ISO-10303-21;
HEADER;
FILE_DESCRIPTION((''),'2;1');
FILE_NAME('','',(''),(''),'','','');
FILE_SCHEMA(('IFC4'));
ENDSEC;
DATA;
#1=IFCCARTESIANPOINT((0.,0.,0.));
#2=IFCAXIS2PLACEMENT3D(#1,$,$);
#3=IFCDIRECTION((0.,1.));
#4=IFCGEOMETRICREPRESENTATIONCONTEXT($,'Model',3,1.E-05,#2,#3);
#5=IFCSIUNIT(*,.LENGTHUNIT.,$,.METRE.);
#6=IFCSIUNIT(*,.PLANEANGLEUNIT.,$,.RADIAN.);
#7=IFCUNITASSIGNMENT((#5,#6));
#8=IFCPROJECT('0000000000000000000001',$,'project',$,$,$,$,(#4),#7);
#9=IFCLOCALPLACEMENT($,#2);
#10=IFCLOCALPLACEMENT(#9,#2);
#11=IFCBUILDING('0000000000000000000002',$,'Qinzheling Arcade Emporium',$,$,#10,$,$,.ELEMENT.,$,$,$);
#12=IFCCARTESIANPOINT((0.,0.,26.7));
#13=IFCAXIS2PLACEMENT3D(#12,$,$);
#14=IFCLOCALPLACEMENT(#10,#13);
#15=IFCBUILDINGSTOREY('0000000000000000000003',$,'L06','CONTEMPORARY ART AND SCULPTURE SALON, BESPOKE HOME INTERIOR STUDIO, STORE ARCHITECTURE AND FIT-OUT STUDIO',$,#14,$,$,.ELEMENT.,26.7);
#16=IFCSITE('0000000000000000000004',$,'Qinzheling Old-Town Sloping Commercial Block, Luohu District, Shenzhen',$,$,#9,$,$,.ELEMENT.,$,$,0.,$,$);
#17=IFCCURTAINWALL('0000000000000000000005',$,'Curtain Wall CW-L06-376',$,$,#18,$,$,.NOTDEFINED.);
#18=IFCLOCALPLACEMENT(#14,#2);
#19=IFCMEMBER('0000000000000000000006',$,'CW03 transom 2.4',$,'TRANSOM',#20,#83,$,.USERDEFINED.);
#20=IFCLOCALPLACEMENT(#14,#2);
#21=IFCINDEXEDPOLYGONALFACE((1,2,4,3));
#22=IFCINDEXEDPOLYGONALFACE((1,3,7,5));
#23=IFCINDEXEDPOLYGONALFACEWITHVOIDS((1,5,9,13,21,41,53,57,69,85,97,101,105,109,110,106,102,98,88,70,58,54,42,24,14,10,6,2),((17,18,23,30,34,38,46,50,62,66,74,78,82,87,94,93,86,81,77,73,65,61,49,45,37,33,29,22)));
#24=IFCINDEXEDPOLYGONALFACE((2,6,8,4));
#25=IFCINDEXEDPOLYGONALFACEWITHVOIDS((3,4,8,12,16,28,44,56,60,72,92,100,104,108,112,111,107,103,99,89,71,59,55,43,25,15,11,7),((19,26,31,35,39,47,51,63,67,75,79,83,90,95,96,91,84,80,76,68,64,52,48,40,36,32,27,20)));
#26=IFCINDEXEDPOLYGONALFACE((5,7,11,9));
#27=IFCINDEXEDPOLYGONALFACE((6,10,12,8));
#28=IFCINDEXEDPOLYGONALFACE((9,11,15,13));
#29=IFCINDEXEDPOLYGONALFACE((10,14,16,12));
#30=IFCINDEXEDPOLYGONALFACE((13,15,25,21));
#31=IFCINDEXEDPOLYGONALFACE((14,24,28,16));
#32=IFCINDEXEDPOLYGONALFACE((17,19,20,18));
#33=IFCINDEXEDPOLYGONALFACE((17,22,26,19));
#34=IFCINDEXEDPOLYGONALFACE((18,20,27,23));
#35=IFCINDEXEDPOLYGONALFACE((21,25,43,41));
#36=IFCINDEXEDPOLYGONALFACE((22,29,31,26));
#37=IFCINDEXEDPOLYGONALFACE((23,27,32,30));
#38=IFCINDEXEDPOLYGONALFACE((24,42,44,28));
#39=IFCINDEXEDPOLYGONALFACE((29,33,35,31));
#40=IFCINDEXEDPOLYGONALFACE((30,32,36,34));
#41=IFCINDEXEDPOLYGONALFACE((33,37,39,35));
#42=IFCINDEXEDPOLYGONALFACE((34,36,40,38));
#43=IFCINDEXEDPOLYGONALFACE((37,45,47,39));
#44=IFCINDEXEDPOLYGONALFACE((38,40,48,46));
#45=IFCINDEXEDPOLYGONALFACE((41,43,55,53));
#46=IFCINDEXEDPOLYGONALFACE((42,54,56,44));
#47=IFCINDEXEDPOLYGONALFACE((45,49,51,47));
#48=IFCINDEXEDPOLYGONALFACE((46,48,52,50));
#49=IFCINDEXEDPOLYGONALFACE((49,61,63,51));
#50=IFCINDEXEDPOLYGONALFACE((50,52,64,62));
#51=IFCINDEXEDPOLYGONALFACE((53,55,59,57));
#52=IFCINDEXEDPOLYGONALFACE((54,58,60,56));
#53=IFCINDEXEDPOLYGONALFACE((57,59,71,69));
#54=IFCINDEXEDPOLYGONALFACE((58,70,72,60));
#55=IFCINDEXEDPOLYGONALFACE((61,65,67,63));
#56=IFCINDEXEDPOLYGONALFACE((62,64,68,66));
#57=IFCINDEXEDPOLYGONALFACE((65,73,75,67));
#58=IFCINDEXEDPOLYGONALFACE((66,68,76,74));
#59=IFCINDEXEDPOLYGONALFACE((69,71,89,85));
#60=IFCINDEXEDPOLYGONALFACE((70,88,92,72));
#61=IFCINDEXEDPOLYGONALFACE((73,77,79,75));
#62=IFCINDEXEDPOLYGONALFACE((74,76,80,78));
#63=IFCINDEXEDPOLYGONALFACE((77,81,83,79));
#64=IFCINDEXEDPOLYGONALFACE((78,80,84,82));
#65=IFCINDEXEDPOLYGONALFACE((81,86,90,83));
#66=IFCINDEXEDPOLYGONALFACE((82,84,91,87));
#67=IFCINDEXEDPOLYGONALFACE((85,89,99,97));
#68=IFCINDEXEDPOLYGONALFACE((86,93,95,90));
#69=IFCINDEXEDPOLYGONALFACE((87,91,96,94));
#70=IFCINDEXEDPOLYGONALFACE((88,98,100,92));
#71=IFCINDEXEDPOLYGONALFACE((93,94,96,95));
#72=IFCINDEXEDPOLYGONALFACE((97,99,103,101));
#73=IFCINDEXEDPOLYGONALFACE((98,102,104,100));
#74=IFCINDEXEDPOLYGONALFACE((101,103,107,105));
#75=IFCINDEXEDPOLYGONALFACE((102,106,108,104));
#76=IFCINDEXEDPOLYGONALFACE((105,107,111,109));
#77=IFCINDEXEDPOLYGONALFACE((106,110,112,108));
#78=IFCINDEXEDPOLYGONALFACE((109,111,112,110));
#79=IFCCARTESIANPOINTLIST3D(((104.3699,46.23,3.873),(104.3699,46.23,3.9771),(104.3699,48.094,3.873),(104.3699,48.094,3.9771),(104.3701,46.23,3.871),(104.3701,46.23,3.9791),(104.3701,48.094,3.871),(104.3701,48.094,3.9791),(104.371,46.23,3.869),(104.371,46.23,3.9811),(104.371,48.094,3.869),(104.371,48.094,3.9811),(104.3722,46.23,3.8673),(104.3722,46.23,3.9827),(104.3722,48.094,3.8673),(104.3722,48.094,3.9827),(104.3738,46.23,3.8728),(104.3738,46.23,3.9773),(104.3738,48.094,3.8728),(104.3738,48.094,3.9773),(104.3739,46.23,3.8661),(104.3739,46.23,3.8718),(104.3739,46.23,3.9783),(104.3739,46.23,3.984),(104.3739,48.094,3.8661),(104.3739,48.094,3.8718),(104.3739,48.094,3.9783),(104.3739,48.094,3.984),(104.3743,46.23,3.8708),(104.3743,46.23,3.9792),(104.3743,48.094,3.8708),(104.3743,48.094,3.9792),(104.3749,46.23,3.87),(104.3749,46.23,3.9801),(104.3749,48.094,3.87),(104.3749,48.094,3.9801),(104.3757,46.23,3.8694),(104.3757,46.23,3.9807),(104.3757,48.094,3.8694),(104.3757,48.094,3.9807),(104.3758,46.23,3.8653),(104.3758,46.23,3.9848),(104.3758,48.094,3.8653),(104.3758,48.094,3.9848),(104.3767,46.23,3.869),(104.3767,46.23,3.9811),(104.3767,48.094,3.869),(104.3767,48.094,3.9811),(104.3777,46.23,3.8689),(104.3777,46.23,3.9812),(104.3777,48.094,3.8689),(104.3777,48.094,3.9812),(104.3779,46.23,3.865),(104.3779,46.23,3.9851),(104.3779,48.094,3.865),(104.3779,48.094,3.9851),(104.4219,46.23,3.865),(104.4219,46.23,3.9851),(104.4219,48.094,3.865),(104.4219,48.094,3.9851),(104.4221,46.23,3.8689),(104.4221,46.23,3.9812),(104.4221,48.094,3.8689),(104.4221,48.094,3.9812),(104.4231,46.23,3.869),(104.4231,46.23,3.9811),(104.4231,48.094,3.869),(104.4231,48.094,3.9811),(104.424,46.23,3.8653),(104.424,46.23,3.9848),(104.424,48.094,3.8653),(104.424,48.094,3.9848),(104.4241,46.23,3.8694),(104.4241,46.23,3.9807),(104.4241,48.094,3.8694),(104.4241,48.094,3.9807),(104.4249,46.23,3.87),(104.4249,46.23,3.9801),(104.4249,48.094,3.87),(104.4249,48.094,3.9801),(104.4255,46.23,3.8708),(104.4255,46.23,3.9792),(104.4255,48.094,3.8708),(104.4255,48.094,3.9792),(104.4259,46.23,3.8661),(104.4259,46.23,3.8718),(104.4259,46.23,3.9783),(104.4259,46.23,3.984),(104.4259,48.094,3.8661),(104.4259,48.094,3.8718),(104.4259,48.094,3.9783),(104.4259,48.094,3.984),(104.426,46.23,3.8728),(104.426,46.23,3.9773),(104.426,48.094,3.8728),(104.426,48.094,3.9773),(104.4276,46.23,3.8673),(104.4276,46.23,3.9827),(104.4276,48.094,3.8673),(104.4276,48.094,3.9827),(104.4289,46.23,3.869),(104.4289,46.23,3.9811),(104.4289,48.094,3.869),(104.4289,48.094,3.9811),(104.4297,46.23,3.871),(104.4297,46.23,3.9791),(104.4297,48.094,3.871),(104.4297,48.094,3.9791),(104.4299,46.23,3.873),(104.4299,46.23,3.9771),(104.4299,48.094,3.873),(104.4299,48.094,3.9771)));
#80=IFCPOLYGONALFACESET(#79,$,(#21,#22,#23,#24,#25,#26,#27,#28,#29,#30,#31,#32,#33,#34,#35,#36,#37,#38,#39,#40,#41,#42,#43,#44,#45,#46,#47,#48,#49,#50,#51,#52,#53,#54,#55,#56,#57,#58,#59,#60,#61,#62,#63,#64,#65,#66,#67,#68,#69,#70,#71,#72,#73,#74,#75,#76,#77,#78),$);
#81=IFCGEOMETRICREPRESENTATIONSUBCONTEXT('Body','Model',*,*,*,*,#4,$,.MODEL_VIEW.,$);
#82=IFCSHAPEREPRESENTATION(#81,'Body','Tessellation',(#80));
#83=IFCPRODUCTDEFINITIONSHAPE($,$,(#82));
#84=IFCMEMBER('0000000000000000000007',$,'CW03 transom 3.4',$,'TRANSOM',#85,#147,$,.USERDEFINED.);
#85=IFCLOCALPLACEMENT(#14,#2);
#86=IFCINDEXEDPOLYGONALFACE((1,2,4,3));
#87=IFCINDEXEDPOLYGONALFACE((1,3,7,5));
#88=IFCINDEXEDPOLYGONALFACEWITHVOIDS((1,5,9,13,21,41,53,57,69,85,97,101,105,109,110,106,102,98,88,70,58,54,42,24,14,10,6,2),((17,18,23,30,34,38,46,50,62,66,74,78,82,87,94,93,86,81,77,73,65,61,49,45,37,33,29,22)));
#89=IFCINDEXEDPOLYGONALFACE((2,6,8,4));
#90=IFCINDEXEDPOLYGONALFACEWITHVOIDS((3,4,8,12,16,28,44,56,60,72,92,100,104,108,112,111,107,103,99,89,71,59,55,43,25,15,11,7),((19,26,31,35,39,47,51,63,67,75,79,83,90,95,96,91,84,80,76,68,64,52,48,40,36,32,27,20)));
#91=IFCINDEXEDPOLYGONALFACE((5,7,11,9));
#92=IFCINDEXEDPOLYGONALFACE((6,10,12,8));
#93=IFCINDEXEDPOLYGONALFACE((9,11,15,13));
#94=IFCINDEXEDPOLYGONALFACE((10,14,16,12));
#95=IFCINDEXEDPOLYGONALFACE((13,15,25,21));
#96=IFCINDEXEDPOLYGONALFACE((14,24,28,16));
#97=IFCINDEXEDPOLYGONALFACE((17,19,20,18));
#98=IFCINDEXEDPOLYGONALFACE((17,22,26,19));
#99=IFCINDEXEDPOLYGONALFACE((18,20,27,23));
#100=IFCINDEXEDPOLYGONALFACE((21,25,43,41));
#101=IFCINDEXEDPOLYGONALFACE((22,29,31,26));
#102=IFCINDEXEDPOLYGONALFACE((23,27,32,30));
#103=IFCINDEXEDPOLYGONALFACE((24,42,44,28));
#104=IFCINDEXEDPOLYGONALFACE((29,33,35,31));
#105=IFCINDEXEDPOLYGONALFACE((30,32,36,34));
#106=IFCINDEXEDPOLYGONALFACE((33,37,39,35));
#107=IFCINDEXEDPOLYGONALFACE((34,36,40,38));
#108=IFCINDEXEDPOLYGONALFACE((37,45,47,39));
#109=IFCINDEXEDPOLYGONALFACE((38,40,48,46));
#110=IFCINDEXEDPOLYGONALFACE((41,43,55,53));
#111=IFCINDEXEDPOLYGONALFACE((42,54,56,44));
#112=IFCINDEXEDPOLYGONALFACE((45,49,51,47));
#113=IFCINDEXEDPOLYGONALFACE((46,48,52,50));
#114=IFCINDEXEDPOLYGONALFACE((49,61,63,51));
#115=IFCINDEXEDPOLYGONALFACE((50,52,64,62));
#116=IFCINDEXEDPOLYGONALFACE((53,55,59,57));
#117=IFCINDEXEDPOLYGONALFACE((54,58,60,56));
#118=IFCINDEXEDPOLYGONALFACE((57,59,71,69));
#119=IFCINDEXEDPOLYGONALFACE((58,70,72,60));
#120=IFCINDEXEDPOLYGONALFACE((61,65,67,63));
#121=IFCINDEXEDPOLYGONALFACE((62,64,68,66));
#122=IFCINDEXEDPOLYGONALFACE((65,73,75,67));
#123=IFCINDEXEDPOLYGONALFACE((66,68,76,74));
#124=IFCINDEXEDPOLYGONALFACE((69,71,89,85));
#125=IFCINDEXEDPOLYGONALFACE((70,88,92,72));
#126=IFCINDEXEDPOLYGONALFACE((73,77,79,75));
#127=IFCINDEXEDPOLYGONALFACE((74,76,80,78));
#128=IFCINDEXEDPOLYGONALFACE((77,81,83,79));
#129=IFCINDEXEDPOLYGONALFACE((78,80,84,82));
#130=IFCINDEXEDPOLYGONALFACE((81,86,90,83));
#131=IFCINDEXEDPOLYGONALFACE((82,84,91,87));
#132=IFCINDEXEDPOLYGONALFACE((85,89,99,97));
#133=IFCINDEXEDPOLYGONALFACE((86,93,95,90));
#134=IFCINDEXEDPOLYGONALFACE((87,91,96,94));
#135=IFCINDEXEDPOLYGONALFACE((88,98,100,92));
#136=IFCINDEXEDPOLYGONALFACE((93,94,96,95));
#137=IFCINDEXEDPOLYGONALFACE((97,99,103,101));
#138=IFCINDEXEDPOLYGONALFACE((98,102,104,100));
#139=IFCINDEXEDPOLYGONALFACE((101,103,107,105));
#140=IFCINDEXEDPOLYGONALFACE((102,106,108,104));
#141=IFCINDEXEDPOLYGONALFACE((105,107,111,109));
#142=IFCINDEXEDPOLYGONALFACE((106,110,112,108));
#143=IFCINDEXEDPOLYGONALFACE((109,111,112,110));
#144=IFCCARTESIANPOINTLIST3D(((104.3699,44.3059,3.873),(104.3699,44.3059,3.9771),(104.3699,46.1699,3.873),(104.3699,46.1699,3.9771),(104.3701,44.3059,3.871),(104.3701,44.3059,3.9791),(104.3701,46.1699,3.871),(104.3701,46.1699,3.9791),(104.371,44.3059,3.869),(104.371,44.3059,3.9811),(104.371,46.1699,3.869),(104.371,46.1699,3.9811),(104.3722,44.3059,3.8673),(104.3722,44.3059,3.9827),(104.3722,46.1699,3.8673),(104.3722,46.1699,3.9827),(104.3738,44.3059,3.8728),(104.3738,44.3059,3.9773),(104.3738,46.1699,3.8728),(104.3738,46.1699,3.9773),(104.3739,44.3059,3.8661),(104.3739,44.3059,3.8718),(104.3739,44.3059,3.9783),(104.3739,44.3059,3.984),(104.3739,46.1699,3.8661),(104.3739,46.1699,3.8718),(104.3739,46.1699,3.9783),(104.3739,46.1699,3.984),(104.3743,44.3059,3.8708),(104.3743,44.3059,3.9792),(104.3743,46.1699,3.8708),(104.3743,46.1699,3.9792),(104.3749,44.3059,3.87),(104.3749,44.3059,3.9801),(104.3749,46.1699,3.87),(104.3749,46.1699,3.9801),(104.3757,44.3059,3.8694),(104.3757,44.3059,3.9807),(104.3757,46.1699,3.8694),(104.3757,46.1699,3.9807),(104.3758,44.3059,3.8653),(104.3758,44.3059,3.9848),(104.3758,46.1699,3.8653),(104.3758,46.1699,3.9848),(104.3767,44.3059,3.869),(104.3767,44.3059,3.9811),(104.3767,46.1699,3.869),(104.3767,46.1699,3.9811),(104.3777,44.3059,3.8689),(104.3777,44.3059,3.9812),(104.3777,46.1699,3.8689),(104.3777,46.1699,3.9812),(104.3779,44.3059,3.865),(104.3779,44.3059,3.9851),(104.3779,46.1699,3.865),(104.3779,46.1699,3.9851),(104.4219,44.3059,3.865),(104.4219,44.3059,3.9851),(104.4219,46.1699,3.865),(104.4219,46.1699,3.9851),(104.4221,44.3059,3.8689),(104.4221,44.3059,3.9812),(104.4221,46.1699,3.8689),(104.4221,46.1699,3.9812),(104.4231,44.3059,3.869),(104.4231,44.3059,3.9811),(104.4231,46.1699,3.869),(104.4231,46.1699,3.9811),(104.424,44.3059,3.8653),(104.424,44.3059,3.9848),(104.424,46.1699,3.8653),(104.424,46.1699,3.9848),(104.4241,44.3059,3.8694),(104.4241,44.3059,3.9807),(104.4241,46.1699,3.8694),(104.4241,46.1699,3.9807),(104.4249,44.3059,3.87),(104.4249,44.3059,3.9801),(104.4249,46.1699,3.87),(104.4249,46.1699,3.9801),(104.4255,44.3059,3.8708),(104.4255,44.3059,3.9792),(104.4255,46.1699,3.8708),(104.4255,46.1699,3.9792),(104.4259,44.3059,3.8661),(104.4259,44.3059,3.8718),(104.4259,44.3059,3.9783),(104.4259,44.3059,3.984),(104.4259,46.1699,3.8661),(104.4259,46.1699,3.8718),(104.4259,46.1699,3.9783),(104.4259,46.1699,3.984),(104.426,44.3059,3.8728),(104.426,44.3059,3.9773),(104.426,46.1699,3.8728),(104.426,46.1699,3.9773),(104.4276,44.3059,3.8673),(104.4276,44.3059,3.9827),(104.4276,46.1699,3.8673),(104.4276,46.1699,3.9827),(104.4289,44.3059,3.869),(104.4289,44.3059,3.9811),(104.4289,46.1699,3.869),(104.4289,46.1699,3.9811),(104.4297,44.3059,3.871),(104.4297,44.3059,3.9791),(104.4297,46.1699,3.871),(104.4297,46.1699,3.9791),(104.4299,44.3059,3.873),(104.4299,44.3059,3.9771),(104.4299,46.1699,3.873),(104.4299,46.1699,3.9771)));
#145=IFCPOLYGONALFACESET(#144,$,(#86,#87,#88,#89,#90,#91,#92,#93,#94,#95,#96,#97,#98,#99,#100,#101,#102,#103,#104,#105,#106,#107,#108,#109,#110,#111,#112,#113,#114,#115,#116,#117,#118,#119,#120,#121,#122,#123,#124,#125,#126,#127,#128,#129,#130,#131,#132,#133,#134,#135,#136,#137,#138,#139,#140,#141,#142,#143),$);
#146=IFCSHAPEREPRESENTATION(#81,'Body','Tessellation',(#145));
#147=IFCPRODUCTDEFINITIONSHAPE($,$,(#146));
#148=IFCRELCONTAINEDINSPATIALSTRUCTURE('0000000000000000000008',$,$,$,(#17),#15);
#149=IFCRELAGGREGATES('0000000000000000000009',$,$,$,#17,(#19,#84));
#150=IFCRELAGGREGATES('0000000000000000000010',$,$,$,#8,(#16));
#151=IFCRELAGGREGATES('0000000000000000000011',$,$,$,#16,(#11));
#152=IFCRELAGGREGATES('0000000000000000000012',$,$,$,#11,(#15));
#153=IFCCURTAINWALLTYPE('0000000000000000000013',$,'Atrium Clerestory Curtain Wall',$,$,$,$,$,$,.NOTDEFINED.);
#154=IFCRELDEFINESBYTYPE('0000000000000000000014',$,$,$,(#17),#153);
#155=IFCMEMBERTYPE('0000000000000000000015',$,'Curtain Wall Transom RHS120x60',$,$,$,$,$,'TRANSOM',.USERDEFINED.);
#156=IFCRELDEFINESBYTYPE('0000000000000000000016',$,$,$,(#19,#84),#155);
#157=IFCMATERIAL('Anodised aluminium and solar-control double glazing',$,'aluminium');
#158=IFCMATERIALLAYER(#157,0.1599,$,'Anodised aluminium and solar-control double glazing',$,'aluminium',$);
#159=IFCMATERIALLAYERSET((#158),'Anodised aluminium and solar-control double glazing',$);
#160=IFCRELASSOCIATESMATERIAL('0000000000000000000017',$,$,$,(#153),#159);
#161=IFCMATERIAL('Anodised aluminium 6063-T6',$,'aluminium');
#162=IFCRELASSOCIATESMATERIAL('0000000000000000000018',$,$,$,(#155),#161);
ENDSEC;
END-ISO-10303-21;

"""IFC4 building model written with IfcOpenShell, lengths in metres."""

from ifc_helpers import new_model, si_unit, direction, frame, origin, origin_2d, place, context, subcontext, project, spatial, hollow_rectangle, extrude, material, layer, layer_set, material_profile, profile_set, type_object, element, aggregate, save


model = new_model("IFC4")

# Units and contexts
model_context = context("Model", 3, precision=1e-05, world=origin(), true_north=direction((0.0, 1.0)))
body_context = subcontext(model_context, "Body", "Model", "MODEL_VIEW")
ifc_project = project(units=[si_unit("LENGTHUNIT", "METRE"), si_unit("PLANEANGLEUNIT", "RADIAN")], contexts=[model_context])

# Site, building, storey
site_placement = place(None, origin())
site = spatial("IfcSite", under=ifc_project, at=site_placement, Name="Qinzheling Old-Town Sloping Commercial Block, Luohu District, Shenzhen", CompositionType="ELEMENT", RefElevation=0.0)
building_placement = place(site_placement, origin())
building = spatial("IfcBuilding", under=site, at=building_placement, Name="Qinzheling Arcade Emporium", CompositionType="ELEMENT")
storey_placement = place(building_placement, frame((0.0, 0.0, 26.7)))
storey = spatial("IfcBuildingStorey", under=building, at=storey_placement, Name="L06", Description="CONTEMPORARY ART AND SCULPTURE SALON, BESPOKE HOME INTERIOR STUDIO, STORE ARCHITECTURE AND FIT-OUT STUDIO", CompositionType="ELEMENT", Elevation=26.7)

# Curtain wall, members
ifc_material_1 = material(Name="Anodised aluminium and solar-control double glazing", Category="aluminium")
ifc_layer_1 = layer(ifc_material_1, 0.1599, Name="Anodised aluminium and solar-control double glazing", Category="aluminium")
ifc_layer_set_1 = layer_set([ifc_layer_1], Name="Anodised aluminium and solar-control double glazing")
curtain_wall_type = type_object("IfcCurtainWallType", Name="Atrium Clerestory Curtain Wall", PredefinedType="NOTDEFINED", material=ifc_layer_set_1)
curtain_wall_placement = place(storey_placement, origin())
curtain_wall = element("IfcCurtainWall", 1, at=curtain_wall_placement, inside=storey, type_object=curtain_wall_type, Name="Curtain Wall CW-L06-376", PredefinedType="NOTDEFINED")
ifc_material_2 = material(Name="Anodised aluminium 6063-T6", Category="aluminium")
ifc_material_profile_1 = material_profile(ifc_material_2, hollow_rectangle(XDim=0.0601, YDim=0.1201, WallThickness=0.0039, InnerFilletRadius=0.0039, OuterFilletRadius=0.0081, at=origin_2d()), Name="RHS 120x60x4", Category="aluminium")
ifc_profile_set_1 = profile_set([ifc_material_profile_1], Name="Anodised aluminium 6063-T6")
member_type_1 = type_object("IfcMemberType", Name="Curtain Wall Transom RHS120x60", ElementType="TRANSOM", PredefinedType="USERDEFINED", material=ifc_profile_set_1)
member_1_placement = place(storey_placement, frame((104.3999, 48.094, 3.925), z_axis=(0.0, -1.0, 0.0), x_axis=(1.0, 0.0, 0.0)))
member_1 = element("IfcMember", 2, at=member_1_placement, type_object=member_type_1, Name="CW03 transom 2.4", ObjectType="TRANSOM", PredefinedType="USERDEFINED", context=body_context, shape_type="SweptSolid", body=[
    extrude(hollow_rectangle(XDim=0.0601, YDim=0.1201, WallThickness=0.0039, InnerFilletRadius=0.0039, OuterFilletRadius=0.0081, at=origin_2d()), origin(), (0.0, 0.0, 1.0), 1.864),
])
member_2_placement = place(storey_placement, frame((104.3999, 46.1699, 3.925), z_axis=(0.0, -1.0, 0.0), x_axis=(1.0, 0.0, 0.0)))
member_2 = element("IfcMember", 3, at=member_2_placement, type_object=member_type_1, Name="CW03 transom 3.4", ObjectType="TRANSOM", PredefinedType="USERDEFINED", context=body_context, shape_type="SweptSolid", body=[
    extrude(hollow_rectangle(XDim=0.0601, YDim=0.1201, WallThickness=0.0039, InnerFilletRadius=0.0039, OuterFilletRadius=0.0081, at=origin_2d()), origin(), (0.0, 0.0, 1.0), 1.864),
])

aggregate(curtain_wall, [member_1, member_2])

save(model, "model.ifc")
